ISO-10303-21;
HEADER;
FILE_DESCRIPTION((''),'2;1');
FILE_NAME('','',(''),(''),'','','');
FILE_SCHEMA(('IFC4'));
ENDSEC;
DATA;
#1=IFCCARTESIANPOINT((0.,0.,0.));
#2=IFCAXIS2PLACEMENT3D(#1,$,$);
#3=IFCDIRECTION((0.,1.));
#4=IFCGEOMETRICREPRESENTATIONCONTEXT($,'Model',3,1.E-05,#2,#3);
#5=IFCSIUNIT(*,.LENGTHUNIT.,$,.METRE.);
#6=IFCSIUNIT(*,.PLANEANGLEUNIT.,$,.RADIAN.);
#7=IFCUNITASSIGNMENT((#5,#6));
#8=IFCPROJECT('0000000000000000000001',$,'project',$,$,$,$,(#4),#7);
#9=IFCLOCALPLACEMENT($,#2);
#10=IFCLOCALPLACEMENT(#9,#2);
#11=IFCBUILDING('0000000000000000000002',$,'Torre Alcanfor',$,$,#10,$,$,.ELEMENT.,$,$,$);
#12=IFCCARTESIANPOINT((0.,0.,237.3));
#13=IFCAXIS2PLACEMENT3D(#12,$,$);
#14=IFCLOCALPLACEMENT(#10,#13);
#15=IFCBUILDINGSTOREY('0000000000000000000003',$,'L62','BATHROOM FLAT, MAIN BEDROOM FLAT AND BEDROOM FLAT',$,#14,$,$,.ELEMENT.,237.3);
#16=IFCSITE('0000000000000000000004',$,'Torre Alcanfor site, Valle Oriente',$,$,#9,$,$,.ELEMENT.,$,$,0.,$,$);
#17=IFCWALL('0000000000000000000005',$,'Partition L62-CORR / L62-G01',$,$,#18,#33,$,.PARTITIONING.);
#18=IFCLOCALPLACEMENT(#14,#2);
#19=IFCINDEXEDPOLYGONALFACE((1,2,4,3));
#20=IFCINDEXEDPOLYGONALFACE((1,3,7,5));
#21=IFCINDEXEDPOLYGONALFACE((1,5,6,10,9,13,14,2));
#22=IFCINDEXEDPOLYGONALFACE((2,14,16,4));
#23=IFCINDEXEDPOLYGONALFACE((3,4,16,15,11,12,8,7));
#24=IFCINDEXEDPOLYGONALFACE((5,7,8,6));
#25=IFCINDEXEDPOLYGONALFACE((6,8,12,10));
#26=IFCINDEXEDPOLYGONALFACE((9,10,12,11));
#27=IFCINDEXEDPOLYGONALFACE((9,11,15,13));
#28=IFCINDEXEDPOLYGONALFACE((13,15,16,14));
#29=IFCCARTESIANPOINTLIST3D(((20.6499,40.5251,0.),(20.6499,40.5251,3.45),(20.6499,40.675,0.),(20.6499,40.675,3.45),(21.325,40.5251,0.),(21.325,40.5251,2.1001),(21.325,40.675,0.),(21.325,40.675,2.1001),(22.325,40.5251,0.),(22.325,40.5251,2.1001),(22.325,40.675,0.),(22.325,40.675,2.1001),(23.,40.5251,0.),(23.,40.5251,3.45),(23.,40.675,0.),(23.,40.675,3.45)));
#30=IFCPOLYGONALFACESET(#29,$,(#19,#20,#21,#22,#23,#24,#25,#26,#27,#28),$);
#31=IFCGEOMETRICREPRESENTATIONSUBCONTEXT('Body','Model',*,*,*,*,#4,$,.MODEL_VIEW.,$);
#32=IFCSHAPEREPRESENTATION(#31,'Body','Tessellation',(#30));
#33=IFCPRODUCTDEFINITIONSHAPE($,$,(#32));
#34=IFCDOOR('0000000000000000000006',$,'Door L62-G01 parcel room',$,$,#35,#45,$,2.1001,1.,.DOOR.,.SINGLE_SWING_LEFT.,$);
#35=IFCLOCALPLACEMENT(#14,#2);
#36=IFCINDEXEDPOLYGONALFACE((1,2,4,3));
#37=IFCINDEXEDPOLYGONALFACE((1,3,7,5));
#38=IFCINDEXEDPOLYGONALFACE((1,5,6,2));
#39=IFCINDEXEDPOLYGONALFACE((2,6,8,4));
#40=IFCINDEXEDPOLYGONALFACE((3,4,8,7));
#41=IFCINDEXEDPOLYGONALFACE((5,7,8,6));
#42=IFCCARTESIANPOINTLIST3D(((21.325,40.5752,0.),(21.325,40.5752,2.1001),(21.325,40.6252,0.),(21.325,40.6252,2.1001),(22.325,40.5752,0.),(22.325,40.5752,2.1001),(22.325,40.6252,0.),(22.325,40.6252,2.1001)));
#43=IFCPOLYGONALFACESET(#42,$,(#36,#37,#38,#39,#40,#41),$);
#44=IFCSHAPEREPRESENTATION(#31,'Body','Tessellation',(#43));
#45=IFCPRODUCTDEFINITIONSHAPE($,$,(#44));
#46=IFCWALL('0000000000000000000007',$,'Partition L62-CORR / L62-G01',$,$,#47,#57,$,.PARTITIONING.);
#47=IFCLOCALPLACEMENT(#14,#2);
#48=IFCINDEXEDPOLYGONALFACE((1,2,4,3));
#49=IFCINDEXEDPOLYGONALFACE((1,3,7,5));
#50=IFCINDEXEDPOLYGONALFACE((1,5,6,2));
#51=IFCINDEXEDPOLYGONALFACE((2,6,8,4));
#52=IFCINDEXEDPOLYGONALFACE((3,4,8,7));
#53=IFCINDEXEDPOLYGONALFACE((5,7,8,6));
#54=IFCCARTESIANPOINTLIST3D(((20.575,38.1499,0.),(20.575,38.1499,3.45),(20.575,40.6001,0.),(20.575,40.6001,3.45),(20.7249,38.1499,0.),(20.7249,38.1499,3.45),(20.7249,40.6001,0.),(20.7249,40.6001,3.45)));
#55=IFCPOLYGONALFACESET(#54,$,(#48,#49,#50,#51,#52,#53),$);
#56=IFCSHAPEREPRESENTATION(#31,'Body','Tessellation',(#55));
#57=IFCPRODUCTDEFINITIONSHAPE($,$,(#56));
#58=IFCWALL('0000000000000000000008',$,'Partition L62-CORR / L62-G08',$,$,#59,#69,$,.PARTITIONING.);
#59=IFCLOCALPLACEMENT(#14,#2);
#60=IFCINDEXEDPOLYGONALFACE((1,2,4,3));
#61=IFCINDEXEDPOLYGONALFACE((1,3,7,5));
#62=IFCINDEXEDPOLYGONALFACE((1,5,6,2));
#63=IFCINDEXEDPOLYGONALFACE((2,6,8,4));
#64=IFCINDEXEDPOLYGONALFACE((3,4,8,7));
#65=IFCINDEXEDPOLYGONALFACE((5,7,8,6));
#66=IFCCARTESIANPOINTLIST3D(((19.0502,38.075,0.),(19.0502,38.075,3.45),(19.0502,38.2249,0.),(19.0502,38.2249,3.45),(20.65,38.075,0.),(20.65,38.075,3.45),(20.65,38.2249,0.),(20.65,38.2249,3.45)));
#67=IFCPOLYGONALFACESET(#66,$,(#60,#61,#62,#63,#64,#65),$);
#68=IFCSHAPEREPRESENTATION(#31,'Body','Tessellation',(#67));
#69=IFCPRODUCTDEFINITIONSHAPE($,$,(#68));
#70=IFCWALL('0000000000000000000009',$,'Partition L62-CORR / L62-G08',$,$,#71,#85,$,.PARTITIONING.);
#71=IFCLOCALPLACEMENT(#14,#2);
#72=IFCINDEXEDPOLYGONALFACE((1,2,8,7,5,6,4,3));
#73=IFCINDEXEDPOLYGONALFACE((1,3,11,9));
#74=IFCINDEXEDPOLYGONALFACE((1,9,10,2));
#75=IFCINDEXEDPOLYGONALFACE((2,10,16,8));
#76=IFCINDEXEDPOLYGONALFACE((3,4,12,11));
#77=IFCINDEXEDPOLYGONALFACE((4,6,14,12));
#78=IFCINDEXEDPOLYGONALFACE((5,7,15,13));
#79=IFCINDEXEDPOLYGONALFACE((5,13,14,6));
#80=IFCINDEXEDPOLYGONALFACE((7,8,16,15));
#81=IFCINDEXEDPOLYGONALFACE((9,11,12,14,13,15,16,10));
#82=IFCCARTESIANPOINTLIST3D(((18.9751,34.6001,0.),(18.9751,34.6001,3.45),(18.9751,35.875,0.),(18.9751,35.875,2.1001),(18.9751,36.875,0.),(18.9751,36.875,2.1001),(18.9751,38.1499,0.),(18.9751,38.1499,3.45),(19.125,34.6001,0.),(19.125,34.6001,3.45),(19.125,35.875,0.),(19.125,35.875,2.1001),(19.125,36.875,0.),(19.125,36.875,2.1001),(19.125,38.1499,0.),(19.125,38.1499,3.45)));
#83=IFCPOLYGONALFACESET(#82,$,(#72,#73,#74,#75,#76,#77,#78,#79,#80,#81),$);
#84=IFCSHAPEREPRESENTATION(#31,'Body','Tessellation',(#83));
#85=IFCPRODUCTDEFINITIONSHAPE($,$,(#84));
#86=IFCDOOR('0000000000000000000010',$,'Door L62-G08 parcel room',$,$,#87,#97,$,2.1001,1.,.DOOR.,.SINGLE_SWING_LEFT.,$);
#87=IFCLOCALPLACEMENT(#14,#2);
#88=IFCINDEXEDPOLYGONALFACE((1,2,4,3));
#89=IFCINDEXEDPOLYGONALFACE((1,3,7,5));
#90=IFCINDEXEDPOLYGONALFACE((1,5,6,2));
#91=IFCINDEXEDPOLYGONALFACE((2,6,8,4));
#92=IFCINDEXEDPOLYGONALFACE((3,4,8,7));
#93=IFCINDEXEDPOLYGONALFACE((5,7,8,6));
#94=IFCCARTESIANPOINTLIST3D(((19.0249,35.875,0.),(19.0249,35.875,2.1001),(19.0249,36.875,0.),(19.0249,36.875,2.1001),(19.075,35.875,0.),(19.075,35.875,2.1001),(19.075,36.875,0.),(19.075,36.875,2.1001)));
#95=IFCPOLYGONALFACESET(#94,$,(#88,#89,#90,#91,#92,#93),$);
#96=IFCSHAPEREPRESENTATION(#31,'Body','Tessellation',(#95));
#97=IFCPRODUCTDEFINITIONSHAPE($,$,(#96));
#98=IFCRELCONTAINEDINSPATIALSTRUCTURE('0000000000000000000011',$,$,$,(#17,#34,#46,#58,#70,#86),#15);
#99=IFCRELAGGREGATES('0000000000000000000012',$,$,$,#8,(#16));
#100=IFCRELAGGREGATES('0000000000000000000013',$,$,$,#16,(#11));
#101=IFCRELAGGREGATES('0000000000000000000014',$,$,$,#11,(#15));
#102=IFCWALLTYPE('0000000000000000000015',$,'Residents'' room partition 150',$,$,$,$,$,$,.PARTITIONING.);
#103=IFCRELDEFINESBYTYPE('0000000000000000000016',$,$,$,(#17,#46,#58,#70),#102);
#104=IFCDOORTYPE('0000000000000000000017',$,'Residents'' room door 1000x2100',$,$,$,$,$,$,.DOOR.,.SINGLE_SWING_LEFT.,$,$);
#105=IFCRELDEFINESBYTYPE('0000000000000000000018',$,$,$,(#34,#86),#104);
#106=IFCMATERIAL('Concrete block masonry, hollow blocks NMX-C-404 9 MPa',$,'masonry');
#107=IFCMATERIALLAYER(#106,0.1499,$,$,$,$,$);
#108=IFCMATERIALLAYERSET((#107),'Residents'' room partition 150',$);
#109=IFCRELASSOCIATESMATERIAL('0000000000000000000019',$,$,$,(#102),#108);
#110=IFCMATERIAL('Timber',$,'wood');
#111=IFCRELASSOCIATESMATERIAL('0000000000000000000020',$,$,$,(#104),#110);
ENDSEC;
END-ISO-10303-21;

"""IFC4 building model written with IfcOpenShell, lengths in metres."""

from ifc_helpers import new_model, si_unit, direction, frame, frame_2d, origin, place, context, subcontext, project, spatial, rectangle, extrude, material, layer, layer_set, type_object, element, fill, save


model = new_model("IFC4")

# Units and contexts
model_context = context("Model", 3, precision=1e-05, world=origin(), true_north=direction((0.0, 1.0)))
body_context = subcontext(model_context, "Body", "Model", "MODEL_VIEW")
ifc_project = project(units=[si_unit("LENGTHUNIT", "METRE"), si_unit("PLANEANGLEUNIT", "RADIAN")], contexts=[model_context])

# Site, building, storey
site_placement = place(None, origin())
site = spatial("IfcSite", under=ifc_project, at=site_placement, Name="Torre Alcanfor site, Valle Oriente", CompositionType="ELEMENT", RefElevation=0.0)
building_placement = place(site_placement, origin())
building = spatial("IfcBuilding", under=site, at=building_placement, Name="Torre Alcanfor", CompositionType="ELEMENT")
storey_placement = place(building_placement, frame((0.0, 0.0, 237.3)))
storey = spatial("IfcBuildingStorey", under=building, at=storey_placement, Name="L62", Description="BATHROOM FLAT, MAIN BEDROOM FLAT AND BEDROOM FLAT", CompositionType="ELEMENT", Elevation=237.3)

# Shared definitions
ifc_material_1 = material(Name="Concrete block masonry, hollow blocks NMX-C-404 9 MPa", Category="masonry")
ifc_layer_1 = layer(ifc_material_1, 0.1499)
ifc_layer_set_1 = layer_set([ifc_layer_1], Name="Residents' room partition 150")
wall_type_1 = type_object("IfcWallType", Name="Residents' room partition 150", PredefinedType="PARTITIONING", material=ifc_layer_set_1)

# Wall, opening, door
wall_1_placement = place(storey_placement, frame((23.0, 40.6001, 0.0), z_axis=(0.0, 0.0, 1.0), x_axis=(-1.0, 0.0, 0.0)))
wall_1 = element("IfcWall", 1, at=wall_1_placement, inside=storey, type_object=wall_type_1, Name="Partition L62-CORR / L62-G01", PredefinedType="PARTITIONING", context=body_context, shape_type="SweptSolid", body=[
    extrude(rectangle(XDim=2.3501, YDim=0.1499, at=frame_2d((1.175, 0.0))), origin(), (0.0, 0.0, 1.0), 3.45),
])
opening_1_placement = place(wall_1_placement, frame((0.675, 0.0, 0.0)))
opening_1 = element("IfcOpeningElement", 2, at=opening_1_placement, cuts=wall_1, PredefinedType="OPENING", context=body_context, shape_type="SweptSolid", body=[
    extrude(rectangle(XDim=1.0, YDim=2.1001, at=frame_2d((0.5, 1.05))), frame((0.0, 0.085, 0.0), z_axis=(0.0, -1.0, 0.0), x_axis=(1.0, 0.0, 0.0)), (0.0, 0.0, 1.0), 0.1699),
])
ifc_material_2 = material(Name="Timber", Category="wood")
door_type_1 = type_object("IfcDoorType", Name="Residents' room door 1000x2100", OperationType="SINGLE_SWING_LEFT", PredefinedType="DOOR", material=ifc_material_2)
door_1_placement = place(opening_1_placement, origin())
door_1 = element("IfcDoor", 3, at=door_1_placement, inside=storey, type_object=door_type_1, Name="Door L62-G01 parcel room", OperationType="SINGLE_SWING_LEFT", OverallHeight=2.1001, OverallWidth=1.0, PredefinedType="DOOR", context=body_context, shape_type="SweptSolid", body=[
    extrude(rectangle(XDim=1.0, YDim=2.1001, at=frame_2d((0.5, 1.05))), frame((0.0, 0.0249, 0.0), z_axis=(0.0, -1.0, 0.0), x_axis=(1.0, 0.0, 0.0)), (0.0, 0.0, 1.0), 0.05),
])
fill(opening_1, door_1)

# Walls
wall_2_placement = place(storey_placement, frame((20.6499, 40.6001, 0.0), z_axis=(0.0, 0.0, 1.0), x_axis=(0.0, -1.0, 0.0)))
element("IfcWall", 4, at=wall_2_placement, inside=storey, type_object=wall_type_1, Name="Partition L62-CORR / L62-G01", PredefinedType="PARTITIONING", context=body_context, shape_type="SweptSolid", body=[
    extrude(rectangle(XDim=2.4502, YDim=0.1499, at=frame_2d((1.2251, 0.0))), origin(), (0.0, 0.0, 1.0), 3.45),
])
wall_3_placement = place(storey_placement, frame((20.6499, 38.1499, 0.0), z_axis=(0.0, 0.0, 1.0), x_axis=(-1.0, 0.0, 0.0)))
element("IfcWall", 5, at=wall_3_placement, inside=storey, type_object=wall_type_1, Name="Partition L62-CORR / L62-G08", PredefinedType="PARTITIONING", context=body_context, shape_type="SweptSolid", body=[
    extrude(rectangle(XDim=1.5999, YDim=0.1499, at=frame_2d((0.7998, 0.0))), origin(), (0.0, 0.0, 1.0), 3.45),
])

# Wall, opening, door
wall_4_placement = place(storey_placement, frame((19.05, 38.1499, 0.0), z_axis=(0.0, 0.0, 1.0), x_axis=(0.0, -1.0, 0.0)))
wall_4 = element("IfcWall", 6, at=wall_4_placement, inside=storey, type_object=wall_type_1, Name="Partition L62-CORR / L62-G08", PredefinedType="PARTITIONING", context=body_context, shape_type="SweptSolid", body=[
    extrude(rectangle(XDim=3.5498, YDim=0.1499, at=frame_2d((1.7749, 0.0))), origin(), (0.0, 0.0, 1.0), 3.45),
])
opening_2_placement = place(wall_4_placement, frame((1.2749, 0.0, 0.0)))
opening_2 = element("IfcOpeningElement", 7, at=opening_2_placement, cuts=wall_4, PredefinedType="OPENING", context=body_context, shape_type="SweptSolid", body=[
    extrude(rectangle(XDim=1.0, YDim=2.1001, at=frame_2d((0.5, 1.05))), frame((0.0, 0.085, 0.0), z_axis=(0.0, -1.0, 0.0), x_axis=(1.0, 0.0, 0.0)), (0.0, 0.0, 1.0), 0.1699),
])
door_2_placement = place(opening_2_placement, origin())
door_2 = element("IfcDoor", 8, at=door_2_placement, inside=storey, type_object=door_type_1, Name="Door L62-G08 parcel room", OperationType="SINGLE_SWING_LEFT", OverallHeight=2.1001, OverallWidth=1.0, PredefinedType="DOOR", context=body_context, shape_type="SweptSolid", body=[
    extrude(rectangle(XDim=1.0, YDim=2.1001, at=frame_2d((0.5, 1.05))), frame((0.0, 0.0249, 0.0), z_axis=(0.0, -1.0, 0.0), x_axis=(1.0, 0.0, 0.0)), (0.0, 0.0, 1.0), 0.05),
])
fill(opening_2, door_2)

save(model, "model.ifc")
